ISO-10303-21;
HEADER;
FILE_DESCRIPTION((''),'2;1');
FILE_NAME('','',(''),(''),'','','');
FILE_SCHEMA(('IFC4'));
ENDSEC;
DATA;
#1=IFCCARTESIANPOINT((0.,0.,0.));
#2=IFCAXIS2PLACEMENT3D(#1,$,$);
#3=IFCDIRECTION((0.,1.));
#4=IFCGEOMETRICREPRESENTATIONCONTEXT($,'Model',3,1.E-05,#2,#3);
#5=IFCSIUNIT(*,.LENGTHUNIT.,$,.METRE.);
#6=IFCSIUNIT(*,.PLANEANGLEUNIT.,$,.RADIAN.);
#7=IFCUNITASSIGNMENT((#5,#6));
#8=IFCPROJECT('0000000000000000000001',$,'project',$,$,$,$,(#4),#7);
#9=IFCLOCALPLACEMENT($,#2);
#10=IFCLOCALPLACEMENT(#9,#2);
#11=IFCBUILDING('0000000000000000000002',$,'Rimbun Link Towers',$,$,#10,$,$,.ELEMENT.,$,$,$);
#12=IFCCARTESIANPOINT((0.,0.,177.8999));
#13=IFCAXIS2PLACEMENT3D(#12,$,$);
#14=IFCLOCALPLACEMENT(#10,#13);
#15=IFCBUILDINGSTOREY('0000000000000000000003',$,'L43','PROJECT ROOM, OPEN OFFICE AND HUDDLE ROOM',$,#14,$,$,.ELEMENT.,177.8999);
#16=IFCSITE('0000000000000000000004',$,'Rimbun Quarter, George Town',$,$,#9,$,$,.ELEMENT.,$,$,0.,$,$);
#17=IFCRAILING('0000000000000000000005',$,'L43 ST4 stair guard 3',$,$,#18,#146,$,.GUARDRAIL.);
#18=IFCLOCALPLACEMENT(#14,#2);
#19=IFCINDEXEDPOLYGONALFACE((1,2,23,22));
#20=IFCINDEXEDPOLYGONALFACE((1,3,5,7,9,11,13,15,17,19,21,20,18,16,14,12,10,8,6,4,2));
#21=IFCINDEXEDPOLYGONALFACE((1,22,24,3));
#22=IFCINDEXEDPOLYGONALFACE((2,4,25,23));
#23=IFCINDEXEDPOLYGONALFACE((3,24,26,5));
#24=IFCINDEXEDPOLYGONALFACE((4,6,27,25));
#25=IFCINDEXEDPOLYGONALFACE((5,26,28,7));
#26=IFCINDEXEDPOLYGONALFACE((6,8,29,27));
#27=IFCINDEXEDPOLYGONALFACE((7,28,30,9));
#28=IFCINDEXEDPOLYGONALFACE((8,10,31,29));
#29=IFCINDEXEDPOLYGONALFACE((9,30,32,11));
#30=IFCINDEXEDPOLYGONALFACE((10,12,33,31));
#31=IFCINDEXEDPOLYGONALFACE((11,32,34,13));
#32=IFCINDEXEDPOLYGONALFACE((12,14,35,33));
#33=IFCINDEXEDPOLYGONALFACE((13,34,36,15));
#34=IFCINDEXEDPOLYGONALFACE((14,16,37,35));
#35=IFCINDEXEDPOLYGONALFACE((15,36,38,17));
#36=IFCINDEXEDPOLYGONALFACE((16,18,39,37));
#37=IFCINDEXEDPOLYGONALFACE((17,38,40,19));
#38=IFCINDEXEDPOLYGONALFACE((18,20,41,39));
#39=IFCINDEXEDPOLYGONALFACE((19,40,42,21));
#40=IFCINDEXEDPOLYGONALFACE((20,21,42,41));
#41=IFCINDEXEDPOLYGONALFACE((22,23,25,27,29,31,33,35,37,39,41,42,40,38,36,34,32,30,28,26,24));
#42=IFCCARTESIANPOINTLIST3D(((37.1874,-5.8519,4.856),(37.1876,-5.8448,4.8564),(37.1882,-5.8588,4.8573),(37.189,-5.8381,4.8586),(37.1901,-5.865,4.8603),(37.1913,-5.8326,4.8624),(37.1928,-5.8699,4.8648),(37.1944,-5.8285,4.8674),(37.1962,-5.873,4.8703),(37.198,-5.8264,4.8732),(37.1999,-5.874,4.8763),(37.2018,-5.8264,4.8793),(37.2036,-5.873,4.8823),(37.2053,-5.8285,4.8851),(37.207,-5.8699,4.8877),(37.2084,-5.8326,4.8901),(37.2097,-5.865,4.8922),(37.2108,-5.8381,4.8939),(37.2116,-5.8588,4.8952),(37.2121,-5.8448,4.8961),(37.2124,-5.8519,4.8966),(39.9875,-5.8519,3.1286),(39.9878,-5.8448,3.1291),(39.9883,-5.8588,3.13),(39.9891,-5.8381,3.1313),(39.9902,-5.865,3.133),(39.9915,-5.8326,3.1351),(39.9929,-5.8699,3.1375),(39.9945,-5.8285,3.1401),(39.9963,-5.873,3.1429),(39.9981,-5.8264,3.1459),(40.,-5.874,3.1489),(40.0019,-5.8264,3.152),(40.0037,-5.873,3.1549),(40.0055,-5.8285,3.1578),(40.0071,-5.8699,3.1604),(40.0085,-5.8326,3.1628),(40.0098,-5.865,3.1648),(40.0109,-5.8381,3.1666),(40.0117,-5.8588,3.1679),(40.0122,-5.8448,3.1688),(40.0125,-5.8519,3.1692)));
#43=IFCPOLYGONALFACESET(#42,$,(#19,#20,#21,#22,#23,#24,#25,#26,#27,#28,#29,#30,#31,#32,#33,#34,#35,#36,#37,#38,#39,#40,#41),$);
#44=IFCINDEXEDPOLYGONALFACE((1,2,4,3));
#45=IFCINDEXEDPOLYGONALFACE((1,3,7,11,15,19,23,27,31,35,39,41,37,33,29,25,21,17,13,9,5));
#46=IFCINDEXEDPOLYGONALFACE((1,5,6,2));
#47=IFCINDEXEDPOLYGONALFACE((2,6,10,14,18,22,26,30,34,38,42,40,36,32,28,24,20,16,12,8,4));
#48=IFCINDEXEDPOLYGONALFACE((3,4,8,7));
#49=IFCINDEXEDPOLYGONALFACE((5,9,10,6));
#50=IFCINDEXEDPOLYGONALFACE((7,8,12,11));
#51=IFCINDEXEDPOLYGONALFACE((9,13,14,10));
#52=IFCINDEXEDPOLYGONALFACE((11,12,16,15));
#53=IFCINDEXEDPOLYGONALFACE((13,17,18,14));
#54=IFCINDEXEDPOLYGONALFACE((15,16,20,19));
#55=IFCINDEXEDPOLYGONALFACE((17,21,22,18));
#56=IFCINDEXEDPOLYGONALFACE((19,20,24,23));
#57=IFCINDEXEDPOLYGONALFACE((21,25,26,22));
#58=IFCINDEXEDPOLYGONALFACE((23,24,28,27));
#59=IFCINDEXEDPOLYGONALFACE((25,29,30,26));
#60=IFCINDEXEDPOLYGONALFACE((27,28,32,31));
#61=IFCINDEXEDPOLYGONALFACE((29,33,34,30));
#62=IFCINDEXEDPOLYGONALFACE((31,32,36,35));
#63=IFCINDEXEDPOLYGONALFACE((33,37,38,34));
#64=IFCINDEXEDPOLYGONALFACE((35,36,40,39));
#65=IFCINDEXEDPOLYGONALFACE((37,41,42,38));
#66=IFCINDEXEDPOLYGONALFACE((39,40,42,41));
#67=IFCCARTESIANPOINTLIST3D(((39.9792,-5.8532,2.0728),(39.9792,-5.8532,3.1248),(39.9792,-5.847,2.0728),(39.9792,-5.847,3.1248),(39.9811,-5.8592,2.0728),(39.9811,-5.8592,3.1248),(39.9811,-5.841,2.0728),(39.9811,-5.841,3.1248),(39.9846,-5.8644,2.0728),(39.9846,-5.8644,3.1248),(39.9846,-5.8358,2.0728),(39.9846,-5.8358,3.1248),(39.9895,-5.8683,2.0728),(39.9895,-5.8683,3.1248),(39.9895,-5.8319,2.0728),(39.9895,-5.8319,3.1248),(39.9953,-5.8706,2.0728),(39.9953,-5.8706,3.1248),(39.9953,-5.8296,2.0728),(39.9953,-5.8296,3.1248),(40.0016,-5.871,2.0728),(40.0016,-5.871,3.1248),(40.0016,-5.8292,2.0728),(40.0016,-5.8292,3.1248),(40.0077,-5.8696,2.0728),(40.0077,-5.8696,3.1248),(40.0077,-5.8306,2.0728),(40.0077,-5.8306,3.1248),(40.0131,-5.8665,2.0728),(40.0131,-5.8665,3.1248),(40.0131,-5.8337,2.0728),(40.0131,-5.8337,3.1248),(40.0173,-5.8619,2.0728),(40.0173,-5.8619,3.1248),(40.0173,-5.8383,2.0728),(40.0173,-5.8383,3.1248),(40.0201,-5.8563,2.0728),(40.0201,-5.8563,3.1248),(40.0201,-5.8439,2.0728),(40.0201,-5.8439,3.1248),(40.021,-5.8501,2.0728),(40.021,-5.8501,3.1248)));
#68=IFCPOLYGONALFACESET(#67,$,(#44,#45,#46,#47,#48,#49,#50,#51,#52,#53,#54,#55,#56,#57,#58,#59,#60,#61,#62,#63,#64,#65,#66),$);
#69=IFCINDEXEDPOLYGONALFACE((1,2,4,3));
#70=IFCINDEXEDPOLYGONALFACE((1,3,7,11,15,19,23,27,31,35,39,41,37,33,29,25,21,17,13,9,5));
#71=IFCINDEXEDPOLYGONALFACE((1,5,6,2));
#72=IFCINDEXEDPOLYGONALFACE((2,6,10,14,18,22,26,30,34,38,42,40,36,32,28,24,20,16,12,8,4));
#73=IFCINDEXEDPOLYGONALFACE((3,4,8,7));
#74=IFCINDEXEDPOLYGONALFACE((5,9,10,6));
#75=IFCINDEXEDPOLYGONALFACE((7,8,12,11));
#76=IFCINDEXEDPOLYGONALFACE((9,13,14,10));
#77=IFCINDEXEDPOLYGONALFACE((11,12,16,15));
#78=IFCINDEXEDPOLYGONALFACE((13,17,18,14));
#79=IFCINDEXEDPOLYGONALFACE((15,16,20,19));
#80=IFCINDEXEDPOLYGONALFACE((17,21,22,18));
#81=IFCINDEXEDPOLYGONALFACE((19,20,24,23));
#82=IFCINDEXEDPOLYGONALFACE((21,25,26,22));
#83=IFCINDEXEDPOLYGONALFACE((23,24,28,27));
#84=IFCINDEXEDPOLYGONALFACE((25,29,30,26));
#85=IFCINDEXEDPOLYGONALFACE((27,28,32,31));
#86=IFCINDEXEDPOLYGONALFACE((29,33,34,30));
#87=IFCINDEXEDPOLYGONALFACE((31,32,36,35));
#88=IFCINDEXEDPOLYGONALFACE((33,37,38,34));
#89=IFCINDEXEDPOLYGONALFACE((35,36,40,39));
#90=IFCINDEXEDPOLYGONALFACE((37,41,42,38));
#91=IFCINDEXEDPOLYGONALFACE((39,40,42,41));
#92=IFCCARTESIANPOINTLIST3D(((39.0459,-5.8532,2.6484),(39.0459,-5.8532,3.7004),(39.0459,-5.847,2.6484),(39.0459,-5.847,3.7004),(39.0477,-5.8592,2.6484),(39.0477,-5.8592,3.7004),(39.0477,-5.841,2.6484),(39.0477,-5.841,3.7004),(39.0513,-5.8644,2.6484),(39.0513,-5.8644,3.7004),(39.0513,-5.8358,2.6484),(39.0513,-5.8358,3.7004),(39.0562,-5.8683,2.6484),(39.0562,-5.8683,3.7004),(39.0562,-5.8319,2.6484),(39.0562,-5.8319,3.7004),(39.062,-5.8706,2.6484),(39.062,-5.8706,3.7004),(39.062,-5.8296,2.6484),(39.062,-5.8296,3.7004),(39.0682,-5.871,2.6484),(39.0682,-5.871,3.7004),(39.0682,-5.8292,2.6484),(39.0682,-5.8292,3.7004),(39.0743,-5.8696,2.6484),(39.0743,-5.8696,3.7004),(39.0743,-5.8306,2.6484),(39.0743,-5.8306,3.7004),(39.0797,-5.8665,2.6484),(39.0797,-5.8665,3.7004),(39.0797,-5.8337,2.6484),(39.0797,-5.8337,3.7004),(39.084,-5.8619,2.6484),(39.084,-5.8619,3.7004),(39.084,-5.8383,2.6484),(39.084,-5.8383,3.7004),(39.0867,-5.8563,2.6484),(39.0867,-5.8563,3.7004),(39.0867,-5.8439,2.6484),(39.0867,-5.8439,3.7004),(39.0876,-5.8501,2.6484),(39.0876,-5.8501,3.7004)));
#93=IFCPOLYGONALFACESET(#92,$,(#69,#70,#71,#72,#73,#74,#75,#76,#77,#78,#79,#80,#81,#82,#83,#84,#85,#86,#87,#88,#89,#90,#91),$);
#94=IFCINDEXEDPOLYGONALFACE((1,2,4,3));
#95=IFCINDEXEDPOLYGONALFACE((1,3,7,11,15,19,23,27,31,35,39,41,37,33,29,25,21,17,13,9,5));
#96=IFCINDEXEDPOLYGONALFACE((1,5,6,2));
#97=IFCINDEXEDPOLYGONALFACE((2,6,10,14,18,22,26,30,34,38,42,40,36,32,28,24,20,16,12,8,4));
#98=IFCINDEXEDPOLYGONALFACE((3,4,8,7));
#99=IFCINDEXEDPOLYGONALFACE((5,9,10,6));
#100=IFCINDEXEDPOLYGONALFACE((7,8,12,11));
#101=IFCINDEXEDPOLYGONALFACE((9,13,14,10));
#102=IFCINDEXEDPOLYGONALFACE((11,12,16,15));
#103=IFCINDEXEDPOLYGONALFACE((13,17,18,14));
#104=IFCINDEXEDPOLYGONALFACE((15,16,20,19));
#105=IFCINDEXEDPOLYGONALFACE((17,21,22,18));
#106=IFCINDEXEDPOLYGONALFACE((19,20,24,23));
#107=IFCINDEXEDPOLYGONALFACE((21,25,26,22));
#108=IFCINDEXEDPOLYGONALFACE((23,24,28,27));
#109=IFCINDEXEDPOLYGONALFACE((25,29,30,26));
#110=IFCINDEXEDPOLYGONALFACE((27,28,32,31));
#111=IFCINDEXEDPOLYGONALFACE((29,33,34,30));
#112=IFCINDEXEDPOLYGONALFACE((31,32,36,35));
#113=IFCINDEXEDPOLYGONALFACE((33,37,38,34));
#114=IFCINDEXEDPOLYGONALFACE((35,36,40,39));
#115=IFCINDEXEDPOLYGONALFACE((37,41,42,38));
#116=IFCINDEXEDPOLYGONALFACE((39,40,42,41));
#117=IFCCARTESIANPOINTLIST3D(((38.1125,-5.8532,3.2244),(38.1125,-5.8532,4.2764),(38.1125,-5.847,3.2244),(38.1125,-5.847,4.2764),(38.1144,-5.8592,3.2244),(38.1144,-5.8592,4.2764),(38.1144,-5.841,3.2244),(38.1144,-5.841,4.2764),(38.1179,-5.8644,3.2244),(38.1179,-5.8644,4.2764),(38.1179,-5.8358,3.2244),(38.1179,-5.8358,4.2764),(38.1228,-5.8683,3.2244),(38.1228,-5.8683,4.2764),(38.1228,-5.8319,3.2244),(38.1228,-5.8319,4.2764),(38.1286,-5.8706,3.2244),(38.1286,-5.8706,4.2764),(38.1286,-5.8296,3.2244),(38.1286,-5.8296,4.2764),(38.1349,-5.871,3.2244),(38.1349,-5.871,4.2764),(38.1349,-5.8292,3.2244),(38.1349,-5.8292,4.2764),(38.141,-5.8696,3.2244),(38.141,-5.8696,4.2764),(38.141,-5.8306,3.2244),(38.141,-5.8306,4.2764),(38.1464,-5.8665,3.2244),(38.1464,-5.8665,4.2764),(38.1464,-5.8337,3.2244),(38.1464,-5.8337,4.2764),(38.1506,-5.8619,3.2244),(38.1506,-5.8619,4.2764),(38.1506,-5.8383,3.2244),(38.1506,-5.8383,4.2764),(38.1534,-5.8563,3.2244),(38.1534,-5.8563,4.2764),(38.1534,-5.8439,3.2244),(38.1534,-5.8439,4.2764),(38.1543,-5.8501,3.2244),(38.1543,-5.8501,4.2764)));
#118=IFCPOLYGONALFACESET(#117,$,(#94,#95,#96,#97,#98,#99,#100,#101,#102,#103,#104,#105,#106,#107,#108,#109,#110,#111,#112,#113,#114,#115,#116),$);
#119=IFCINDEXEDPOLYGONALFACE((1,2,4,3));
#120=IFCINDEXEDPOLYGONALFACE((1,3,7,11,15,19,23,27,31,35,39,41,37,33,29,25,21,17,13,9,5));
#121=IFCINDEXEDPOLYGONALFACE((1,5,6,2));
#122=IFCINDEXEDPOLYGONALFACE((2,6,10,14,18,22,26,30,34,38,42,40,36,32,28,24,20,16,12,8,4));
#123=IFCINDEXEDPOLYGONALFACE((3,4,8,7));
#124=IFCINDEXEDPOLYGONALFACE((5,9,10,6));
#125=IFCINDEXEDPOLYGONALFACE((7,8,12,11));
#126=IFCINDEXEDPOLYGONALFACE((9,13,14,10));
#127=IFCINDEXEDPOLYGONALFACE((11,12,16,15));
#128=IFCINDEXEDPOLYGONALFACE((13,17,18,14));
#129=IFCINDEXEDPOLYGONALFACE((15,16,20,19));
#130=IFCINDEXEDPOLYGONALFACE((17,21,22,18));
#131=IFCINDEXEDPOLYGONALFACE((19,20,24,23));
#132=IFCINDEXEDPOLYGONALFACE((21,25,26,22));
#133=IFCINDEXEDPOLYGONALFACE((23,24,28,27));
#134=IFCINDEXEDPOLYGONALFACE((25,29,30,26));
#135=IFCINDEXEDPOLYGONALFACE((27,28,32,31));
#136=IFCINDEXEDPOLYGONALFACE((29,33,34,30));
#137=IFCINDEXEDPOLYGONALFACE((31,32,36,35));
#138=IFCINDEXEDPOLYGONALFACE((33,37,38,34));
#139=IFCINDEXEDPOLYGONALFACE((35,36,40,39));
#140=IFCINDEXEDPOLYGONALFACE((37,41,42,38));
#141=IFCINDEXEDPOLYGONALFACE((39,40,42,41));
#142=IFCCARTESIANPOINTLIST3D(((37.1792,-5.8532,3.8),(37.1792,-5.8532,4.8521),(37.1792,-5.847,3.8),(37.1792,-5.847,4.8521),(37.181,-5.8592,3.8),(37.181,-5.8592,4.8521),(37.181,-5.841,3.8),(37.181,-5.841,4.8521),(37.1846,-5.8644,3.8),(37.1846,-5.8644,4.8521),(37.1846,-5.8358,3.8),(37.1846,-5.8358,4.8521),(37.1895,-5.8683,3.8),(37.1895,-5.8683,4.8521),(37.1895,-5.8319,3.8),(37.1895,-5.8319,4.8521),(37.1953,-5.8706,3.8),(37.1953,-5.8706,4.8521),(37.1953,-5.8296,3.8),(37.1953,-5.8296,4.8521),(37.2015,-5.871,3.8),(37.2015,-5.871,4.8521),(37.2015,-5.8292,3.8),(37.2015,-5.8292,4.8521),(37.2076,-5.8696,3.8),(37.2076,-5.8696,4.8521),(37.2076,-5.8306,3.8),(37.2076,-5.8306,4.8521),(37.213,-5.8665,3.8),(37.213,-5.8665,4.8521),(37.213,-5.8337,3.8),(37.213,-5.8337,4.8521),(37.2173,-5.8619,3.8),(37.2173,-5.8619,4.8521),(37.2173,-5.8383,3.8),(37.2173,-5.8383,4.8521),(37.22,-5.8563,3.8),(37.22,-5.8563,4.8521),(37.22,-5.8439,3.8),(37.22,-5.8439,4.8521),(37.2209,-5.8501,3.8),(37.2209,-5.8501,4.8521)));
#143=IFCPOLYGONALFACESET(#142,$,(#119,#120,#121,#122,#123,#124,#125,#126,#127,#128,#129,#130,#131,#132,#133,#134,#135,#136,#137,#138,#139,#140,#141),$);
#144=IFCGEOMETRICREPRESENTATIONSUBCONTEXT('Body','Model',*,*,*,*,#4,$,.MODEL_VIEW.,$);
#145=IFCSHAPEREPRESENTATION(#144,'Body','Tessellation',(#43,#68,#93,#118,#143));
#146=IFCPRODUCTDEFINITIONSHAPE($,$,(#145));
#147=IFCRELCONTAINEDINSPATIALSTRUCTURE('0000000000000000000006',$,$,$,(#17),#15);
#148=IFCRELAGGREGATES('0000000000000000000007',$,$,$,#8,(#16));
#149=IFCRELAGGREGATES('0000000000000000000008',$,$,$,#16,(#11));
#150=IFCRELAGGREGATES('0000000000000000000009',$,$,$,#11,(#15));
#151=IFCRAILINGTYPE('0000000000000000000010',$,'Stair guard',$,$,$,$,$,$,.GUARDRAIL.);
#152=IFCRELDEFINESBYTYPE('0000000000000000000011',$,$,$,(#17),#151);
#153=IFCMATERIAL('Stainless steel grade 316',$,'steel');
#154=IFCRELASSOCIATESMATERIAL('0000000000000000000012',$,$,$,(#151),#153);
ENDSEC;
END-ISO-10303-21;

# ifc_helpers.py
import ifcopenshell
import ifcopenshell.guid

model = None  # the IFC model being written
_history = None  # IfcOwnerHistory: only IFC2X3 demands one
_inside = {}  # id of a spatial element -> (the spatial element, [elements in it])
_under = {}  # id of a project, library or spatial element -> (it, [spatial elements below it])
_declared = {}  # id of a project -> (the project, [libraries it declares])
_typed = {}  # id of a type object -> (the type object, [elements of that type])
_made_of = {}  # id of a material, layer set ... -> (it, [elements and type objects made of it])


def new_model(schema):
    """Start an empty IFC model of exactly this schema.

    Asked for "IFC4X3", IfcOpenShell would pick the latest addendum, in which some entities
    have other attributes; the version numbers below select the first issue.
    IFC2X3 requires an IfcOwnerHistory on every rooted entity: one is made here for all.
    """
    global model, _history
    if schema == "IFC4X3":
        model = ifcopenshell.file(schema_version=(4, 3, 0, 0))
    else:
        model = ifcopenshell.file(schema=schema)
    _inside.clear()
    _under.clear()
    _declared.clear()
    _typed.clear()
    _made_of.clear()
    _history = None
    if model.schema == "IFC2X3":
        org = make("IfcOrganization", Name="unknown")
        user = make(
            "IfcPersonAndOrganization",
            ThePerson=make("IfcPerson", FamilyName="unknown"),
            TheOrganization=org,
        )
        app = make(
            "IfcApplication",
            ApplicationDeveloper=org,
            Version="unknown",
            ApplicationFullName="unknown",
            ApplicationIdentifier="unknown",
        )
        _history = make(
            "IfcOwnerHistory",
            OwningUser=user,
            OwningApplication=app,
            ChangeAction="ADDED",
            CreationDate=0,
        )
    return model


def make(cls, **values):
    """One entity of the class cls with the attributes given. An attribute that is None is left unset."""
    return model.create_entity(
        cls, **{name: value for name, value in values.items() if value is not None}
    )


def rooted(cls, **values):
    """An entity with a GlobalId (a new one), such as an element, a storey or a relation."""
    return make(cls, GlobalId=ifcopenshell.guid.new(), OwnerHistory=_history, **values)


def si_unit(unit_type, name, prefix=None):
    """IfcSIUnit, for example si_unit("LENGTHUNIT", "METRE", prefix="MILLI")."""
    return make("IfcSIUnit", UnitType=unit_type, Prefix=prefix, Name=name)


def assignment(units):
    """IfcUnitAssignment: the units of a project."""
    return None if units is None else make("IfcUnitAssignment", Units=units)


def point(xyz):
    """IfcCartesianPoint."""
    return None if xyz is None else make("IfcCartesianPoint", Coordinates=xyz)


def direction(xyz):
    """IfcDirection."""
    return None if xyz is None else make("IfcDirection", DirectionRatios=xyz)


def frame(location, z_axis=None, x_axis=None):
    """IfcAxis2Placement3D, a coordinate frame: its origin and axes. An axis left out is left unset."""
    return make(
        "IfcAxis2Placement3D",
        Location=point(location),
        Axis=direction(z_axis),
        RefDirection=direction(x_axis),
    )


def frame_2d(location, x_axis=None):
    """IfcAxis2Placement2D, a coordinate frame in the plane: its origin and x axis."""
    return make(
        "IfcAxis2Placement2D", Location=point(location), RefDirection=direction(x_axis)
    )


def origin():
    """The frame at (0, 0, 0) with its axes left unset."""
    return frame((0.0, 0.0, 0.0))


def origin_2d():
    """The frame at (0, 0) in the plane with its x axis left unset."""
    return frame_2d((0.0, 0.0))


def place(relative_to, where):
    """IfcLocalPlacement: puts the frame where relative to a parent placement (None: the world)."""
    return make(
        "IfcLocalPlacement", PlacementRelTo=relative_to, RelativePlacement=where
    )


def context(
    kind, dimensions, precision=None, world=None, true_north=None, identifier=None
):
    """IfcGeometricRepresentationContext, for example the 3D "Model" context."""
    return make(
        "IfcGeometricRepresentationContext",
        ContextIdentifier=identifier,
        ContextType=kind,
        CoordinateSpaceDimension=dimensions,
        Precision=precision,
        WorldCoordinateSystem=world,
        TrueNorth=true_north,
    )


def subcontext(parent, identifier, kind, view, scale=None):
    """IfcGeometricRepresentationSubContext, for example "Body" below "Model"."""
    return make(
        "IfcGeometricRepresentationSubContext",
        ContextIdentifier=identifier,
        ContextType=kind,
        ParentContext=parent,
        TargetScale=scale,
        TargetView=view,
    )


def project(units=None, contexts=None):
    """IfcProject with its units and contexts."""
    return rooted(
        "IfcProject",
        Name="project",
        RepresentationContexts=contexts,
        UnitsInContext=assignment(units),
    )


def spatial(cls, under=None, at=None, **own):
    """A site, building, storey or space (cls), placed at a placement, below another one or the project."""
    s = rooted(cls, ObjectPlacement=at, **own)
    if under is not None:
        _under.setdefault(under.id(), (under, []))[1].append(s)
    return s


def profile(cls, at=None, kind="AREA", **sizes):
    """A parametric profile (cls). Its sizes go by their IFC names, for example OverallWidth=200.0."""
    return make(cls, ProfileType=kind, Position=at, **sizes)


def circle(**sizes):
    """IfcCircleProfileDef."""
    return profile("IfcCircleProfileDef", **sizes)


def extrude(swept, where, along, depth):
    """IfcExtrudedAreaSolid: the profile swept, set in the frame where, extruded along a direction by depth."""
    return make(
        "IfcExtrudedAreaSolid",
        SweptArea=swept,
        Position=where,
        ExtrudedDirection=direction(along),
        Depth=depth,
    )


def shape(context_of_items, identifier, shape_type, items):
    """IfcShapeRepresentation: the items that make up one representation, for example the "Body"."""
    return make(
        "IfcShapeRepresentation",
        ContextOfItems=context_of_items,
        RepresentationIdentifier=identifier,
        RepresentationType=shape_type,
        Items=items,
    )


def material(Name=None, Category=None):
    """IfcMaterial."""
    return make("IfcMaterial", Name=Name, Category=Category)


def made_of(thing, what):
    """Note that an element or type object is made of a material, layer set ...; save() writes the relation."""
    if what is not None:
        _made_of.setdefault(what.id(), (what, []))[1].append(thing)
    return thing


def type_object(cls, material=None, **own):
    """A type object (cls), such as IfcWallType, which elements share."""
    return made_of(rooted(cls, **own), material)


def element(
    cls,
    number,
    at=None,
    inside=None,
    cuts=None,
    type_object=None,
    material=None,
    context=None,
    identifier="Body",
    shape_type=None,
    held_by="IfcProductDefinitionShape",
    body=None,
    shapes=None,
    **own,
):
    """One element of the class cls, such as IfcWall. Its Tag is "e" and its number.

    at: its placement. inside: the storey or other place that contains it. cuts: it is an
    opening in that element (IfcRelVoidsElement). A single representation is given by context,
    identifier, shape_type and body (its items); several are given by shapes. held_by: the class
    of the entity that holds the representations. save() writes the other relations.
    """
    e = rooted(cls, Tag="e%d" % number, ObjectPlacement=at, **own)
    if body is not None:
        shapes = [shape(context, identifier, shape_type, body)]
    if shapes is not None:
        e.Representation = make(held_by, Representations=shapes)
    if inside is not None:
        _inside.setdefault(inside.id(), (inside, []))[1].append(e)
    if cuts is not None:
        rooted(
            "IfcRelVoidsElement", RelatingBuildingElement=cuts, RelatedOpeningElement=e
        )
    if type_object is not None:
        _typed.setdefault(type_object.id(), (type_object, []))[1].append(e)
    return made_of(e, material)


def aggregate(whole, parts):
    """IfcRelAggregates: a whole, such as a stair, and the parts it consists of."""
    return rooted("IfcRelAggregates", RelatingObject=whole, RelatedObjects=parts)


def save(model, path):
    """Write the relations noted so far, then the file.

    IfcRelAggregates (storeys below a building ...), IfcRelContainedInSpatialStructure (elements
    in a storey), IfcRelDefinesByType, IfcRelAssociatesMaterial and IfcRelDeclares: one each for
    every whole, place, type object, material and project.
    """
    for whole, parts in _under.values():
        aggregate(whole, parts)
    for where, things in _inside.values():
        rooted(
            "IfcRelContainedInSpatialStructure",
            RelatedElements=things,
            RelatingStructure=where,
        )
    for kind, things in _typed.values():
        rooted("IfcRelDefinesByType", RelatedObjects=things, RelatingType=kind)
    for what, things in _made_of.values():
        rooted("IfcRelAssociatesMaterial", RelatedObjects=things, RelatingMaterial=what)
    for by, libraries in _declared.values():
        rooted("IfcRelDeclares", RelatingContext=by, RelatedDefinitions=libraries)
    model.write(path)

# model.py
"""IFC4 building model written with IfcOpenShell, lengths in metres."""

from ifc_helpers import new_model, si_unit, direction, frame, origin, origin_2d, place, context, subcontext, project, spatial, circle, extrude, material, type_object, element, save


model = new_model("IFC4")

# Units and contexts
model_context = context("Model", 3, precision=1e-05, world=origin(), true_north=direction((0.0, 1.0)))
body_context = subcontext(model_context, "Body", "Model", "MODEL_VIEW")
ifc_project = project(units=[si_unit("LENGTHUNIT", "METRE"), si_unit("PLANEANGLEUNIT", "RADIAN")], contexts=[model_context])

# Site, building, storey
site_placement = place(None, origin())
site = spatial("IfcSite", under=ifc_project, at=site_placement, Name="Rimbun Quarter, George Town", CompositionType="ELEMENT", RefElevation=0.0)
building_placement = place(site_placement, origin())
building = spatial("IfcBuilding", under=site, at=building_placement, Name="Rimbun Link Towers", CompositionType="ELEMENT")
storey_placement = place(building_placement, frame((0.0, 0.0, 177.8999)))
storey = spatial("IfcBuildingStorey", under=building, at=storey_placement, Name="L43", Description="PROJECT ROOM, OPEN OFFICE AND HUDDLE ROOM", CompositionType="ELEMENT", Elevation=177.8999)

# Railing
ifc_material_1 = material(Name="Stainless steel grade 316", Category="steel")
railing_type_1 = type_object("IfcRailingType", Name="Stair guard", PredefinedType="GUARDRAIL", material=ifc_material_1)
railing_1_placement = place(storey_placement, frame((40.0, -5.8501, 2.0728)))
element("IfcRailing", 1, at=railing_1_placement, inside=storey, type_object=railing_type_1, Name="L43 ST4 stair guard 3", PredefinedType="GUARDRAIL", context=body_context, shape_type="SweptSolid", body=[
    extrude(circle(Radius=0.0239, at=origin_2d()), frame((0.0, 0.0, 1.0762), z_axis=(-0.85109, 0.0, 0.52502), x_axis=(0.0, -1.0, 0.0)), (0.0, 0.0, 1.0), 3.29),
    extrude(circle(Radius=0.021, at=origin_2d()), origin(), (0.0, 0.0, 1.0), 1.052),
    extrude(circle(Radius=0.021, at=origin_2d()), frame((-0.9333, 0.0, 0.5757)), (0.0, 0.0, 1.0), 1.052),
    extrude(circle(Radius=0.021, at=origin_2d()), frame((-1.8667, 0.0, 1.1516)), (0.0, 0.0, 1.0), 1.052),
    extrude(circle(Radius=0.021, at=origin_2d()), frame((-2.8, 0.0, 1.7273)), (0.0, 0.0, 1.0), 1.052),
])

save(model, "model.ifc")
